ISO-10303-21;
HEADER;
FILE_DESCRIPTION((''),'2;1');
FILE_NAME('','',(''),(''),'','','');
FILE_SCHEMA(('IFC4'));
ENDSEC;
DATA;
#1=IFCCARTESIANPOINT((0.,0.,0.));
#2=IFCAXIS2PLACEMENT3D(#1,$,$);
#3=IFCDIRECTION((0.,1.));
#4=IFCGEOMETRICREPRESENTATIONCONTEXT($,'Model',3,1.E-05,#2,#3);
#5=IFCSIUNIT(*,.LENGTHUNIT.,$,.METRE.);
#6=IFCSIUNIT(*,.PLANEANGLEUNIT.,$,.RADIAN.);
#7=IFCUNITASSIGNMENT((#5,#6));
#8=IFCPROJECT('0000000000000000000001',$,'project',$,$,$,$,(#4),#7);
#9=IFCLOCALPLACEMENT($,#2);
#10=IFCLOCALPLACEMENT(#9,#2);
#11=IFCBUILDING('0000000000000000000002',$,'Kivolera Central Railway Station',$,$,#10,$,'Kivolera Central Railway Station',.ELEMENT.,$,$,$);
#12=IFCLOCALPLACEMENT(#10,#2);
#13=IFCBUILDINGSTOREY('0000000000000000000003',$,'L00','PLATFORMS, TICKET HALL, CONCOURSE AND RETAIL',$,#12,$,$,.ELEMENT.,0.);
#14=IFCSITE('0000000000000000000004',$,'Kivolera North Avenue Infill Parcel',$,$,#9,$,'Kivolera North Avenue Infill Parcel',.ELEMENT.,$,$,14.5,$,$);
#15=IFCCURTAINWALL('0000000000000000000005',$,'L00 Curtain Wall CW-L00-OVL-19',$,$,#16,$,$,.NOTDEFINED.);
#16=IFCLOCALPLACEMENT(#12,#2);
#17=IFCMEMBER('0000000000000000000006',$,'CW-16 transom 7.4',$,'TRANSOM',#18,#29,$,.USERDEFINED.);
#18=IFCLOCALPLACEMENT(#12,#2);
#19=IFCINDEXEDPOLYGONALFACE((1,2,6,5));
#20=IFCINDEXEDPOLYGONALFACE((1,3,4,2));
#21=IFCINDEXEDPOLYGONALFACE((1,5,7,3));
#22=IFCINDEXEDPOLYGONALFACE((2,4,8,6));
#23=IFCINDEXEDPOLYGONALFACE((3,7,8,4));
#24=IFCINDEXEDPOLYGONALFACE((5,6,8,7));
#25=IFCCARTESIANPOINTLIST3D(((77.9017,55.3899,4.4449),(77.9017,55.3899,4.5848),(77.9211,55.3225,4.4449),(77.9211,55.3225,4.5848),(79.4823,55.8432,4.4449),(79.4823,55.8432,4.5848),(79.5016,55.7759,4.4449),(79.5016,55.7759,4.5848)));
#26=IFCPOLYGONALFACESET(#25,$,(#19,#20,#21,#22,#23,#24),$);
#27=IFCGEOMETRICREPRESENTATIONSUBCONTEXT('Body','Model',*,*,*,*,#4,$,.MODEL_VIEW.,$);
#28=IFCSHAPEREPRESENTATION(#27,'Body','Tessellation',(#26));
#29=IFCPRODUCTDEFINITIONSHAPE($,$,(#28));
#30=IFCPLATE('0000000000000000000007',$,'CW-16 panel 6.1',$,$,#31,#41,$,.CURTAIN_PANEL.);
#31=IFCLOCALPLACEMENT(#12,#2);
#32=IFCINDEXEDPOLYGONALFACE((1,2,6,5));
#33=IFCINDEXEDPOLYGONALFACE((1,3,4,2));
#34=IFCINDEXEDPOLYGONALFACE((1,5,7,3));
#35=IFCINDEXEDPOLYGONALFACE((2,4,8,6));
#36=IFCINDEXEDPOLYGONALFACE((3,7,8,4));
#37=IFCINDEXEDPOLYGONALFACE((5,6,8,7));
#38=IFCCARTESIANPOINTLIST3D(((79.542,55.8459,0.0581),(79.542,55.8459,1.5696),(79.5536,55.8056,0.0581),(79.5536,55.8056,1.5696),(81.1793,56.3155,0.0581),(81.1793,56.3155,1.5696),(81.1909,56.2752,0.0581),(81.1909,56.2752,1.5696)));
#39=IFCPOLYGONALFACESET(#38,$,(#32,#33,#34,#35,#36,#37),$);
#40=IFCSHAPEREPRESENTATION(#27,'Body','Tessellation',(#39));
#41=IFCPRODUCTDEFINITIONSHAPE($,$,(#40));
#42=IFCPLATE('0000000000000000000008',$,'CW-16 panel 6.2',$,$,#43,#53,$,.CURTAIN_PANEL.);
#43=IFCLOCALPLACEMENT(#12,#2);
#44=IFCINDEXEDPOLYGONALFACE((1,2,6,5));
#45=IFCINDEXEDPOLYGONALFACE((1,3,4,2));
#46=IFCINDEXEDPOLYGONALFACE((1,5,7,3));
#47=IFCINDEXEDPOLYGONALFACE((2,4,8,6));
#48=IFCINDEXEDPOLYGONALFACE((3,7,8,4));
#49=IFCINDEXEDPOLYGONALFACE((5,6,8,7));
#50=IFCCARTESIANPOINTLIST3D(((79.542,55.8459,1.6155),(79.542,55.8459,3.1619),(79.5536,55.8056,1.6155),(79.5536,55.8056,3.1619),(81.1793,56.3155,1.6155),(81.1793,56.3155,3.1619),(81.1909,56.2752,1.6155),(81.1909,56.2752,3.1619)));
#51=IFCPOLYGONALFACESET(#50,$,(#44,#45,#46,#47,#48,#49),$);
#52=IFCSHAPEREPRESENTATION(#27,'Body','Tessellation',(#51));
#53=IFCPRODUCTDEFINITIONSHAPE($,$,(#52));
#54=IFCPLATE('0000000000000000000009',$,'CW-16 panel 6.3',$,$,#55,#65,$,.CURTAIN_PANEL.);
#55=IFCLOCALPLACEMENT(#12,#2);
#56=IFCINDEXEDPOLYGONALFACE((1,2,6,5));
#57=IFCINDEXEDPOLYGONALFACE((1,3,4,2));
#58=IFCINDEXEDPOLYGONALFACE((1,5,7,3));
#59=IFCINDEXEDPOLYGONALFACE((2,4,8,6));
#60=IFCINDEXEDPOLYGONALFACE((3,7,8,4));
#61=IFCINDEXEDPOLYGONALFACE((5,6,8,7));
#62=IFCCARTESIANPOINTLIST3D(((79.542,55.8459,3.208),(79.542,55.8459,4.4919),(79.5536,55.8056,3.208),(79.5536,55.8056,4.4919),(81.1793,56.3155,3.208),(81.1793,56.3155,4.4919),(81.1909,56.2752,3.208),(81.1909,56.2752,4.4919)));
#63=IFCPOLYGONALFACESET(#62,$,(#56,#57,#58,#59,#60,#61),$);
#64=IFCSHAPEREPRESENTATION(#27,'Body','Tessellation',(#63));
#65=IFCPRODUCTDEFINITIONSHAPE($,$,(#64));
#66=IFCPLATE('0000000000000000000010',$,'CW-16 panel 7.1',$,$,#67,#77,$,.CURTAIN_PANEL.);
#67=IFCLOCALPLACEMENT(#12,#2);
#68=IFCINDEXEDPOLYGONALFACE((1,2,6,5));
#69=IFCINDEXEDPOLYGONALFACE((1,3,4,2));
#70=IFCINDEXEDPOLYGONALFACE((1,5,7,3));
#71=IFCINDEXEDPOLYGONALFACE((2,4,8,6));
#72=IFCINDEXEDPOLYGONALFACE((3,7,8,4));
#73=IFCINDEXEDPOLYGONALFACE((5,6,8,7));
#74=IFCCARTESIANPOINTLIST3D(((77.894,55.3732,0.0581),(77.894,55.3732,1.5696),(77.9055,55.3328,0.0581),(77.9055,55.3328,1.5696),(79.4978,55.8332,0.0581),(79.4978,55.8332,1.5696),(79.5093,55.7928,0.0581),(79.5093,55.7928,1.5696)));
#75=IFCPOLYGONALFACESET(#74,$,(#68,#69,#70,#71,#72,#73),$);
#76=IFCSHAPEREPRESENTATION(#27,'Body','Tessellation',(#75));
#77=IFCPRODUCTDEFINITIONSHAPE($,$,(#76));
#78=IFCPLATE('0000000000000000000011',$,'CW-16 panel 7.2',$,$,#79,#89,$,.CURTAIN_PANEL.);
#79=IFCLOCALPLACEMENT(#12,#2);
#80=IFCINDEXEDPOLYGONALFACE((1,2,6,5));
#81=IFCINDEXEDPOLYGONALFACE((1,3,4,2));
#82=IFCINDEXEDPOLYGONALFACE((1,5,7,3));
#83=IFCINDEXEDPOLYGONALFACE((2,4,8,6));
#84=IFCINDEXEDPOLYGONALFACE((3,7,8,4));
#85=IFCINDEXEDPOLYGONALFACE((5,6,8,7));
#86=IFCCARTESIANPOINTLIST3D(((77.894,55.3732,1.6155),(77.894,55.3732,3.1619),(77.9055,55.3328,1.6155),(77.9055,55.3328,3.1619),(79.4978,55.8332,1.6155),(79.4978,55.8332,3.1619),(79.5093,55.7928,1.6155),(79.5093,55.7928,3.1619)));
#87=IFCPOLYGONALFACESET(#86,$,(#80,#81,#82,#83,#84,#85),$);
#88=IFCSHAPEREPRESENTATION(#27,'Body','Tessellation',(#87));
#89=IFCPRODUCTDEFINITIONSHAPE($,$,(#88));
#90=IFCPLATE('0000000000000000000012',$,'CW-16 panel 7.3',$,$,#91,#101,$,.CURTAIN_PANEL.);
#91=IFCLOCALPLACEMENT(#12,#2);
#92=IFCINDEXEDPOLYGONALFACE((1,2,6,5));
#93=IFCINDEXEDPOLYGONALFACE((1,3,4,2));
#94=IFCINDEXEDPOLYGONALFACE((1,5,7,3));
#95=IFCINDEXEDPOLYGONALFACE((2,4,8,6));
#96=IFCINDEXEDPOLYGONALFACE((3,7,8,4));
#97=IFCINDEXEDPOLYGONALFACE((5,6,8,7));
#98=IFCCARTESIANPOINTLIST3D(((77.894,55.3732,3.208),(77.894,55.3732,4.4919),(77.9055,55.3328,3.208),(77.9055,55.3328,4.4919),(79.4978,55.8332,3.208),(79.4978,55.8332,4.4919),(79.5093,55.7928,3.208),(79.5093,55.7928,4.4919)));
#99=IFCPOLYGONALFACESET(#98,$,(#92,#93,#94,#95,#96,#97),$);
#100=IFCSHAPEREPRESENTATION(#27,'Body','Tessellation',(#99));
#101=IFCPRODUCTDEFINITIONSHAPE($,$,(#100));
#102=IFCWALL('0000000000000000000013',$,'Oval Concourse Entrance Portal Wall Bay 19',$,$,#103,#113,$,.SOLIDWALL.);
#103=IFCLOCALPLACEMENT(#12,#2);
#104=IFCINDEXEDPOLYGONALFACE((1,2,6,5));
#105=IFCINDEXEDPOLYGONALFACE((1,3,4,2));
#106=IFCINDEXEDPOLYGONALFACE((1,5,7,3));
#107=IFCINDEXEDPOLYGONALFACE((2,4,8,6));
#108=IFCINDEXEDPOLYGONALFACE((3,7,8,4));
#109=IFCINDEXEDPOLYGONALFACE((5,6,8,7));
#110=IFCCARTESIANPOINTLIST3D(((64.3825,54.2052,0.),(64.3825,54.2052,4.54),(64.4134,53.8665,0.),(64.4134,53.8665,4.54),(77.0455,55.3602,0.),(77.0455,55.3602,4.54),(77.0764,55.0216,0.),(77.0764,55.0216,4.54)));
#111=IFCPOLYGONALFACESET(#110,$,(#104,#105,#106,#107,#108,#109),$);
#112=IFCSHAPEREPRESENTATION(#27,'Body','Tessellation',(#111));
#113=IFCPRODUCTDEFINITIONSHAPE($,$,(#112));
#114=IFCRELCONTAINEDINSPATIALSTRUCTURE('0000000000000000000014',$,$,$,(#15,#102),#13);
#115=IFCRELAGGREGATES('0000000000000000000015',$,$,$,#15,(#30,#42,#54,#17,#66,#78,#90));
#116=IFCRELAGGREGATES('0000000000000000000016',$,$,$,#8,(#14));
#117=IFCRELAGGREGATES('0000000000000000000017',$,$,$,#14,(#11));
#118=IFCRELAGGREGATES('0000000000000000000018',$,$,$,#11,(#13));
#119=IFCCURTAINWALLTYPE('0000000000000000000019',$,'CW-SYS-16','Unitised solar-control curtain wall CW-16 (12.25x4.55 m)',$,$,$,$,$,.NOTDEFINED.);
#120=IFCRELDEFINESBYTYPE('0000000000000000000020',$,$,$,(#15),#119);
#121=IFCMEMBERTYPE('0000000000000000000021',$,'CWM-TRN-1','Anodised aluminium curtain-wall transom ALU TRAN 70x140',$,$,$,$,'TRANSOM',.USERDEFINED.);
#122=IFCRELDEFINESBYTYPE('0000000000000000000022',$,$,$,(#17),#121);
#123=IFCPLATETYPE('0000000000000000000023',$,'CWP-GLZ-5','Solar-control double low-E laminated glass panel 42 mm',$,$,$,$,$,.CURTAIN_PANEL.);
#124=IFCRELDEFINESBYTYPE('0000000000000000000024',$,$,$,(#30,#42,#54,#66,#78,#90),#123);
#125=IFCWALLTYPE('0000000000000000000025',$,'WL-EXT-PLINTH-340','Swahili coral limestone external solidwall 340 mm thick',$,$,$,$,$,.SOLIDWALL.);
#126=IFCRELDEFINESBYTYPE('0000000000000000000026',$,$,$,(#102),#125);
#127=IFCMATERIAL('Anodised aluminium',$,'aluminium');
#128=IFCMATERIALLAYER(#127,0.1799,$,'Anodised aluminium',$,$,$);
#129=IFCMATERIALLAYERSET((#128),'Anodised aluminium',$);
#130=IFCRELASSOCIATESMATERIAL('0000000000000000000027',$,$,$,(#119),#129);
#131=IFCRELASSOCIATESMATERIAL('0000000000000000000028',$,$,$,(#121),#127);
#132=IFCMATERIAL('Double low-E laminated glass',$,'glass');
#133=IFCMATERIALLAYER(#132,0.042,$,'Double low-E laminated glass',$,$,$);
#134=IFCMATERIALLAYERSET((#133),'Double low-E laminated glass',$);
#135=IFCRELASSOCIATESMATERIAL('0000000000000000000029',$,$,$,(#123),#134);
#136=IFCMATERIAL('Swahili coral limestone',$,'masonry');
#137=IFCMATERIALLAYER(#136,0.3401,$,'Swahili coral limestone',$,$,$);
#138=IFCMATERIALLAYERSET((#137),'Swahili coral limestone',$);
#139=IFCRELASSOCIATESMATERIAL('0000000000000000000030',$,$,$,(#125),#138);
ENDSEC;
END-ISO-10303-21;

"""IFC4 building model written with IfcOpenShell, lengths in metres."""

from ifc_helpers import new_model, si_unit, direction, frame, frame_2d, origin, origin_2d, place, context, subcontext, project, spatial, rectangle, extrude, material, layer, layer_set, material_profile, profile_set, type_object, element, aggregate, save


model = new_model("IFC4")

# Units and contexts
model_context = context("Model", 3, precision=1e-05, world=origin(), true_north=direction((0.0, 1.0)))
body_context = subcontext(model_context, "Body", "Model", "MODEL_VIEW")
ifc_project = project(units=[si_unit("LENGTHUNIT", "METRE"), si_unit("PLANEANGLEUNIT", "RADIAN")], contexts=[model_context])

# Site, building, storey
site_placement = place(None, origin())
site = spatial("IfcSite", under=ifc_project, at=site_placement, Name="Kivolera North Avenue Infill Parcel", LongName="Kivolera North Avenue Infill Parcel", CompositionType="ELEMENT", RefElevation=14.5)
building_placement = place(site_placement, origin())
building = spatial("IfcBuilding", under=site, at=building_placement, Name="Kivolera Central Railway Station", LongName="Kivolera Central Railway Station", CompositionType="ELEMENT")
storey_placement = place(building_placement, origin())
storey = spatial("IfcBuildingStorey", under=building, at=storey_placement, Name="L00", Description="PLATFORMS, TICKET HALL, CONCOURSE AND RETAIL", CompositionType="ELEMENT", Elevation=0.0)

# Curtain wall, member, plates
ifc_material_1 = material(Name="Anodised aluminium", Category="aluminium")
ifc_layer_1 = layer(ifc_material_1, 0.1799, Name="Anodised aluminium")
ifc_layer_set_1 = layer_set([ifc_layer_1], Name="Anodised aluminium")
curtain_wall_type = type_object("IfcCurtainWallType", Name="CW-SYS-16", Description="Unitised solar-control curtain wall CW-16 (12.25x4.55 m)", PredefinedType="NOTDEFINED", material=ifc_layer_set_1)
curtain_wall_placement = place(storey_placement, origin())
curtain_wall = element("IfcCurtainWall", 1, at=curtain_wall_placement, inside=storey, type_object=curtain_wall_type, Name="L00 Curtain Wall CW-L00-OVL-19", PredefinedType="NOTDEFINED")
ifc_material_profile_1 = material_profile(ifc_material_1, rectangle(XDim=0.0701, YDim=0.1399, at=origin_2d()), Name="ALU TRAN 70x140")
ifc_profile_set_1 = profile_set([ifc_material_profile_1], Name="Anodised aluminium")
member_type_1 = type_object("IfcMemberType", Name="CWM-TRN-1", Description="Anodised aluminium curtain-wall transom ALU TRAN 70x140", ElementType="TRANSOM", PredefinedType="USERDEFINED", material=ifc_profile_set_1)
member_1_placement = place(storey_placement, frame((79.4919, 55.8096, 4.5149), z_axis=(-0.961238, -0.275721, 0.0), x_axis=(0.275721, -0.961238, 0.0)))
member_1 = element("IfcMember", 2, at=member_1_placement, type_object=member_type_1, Name="CW-16 transom 7.4", ObjectType="TRANSOM", PredefinedType="USERDEFINED", context=body_context, shape_type="SweptSolid", body=[
    extrude(rectangle(XDim=0.0701, YDim=0.1399, at=origin_2d()), origin(), (0.0, 0.0, 1.0), 1.6443),
])
ifc_material_2 = material(Name="Double low-E laminated glass", Category="glass")
ifc_layer_2 = layer(ifc_material_2, 0.042, Name="Double low-E laminated glass")
ifc_layer_set_2 = layer_set([ifc_layer_2], Name="Double low-E laminated glass")
plate_type = type_object("IfcPlateType", Name="CWP-GLZ-5", Description="Solar-control double low-E laminated glass panel 42 mm", PredefinedType="CURTAIN_PANEL", material=ifc_layer_set_2)
plate_1_placement = place(storey_placement, frame((80.3665, 56.0605, 0.0581), z_axis=(0.0, 0.0, 1.0), x_axis=(-0.961246, -0.275692, 0.0)))
plate_1 = element("IfcPlate", 3, at=plate_1_placement, type_object=plate_type, Name="CW-16 panel 6.1", PredefinedType="CURTAIN_PANEL", context=body_context, shape_type="SweptSolid", body=[
    extrude(rectangle(XDim=1.7034, YDim=0.042, at=origin_2d()), origin(), (0.0, 0.0, 1.0), 1.5115),
])
plate_2_placement = place(storey_placement, frame((80.3665, 56.0605, 1.6155), z_axis=(0.0, 0.0, 1.0), x_axis=(-0.961246, -0.275692, 0.0)))
plate_2 = element("IfcPlate", 4, at=plate_2_placement, type_object=plate_type, Name="CW-16 panel 6.2", PredefinedType="CURTAIN_PANEL", context=body_context, shape_type="SweptSolid", body=[
    extrude(rectangle(XDim=1.7034, YDim=0.042, at=origin_2d()), origin(), (0.0, 0.0, 1.0), 1.5464),
])
plate_3_placement = place(storey_placement, frame((80.3665, 56.0605, 3.208), z_axis=(0.0, 0.0, 1.0), x_axis=(-0.961246, -0.275692, 0.0)))
plate_3 = element("IfcPlate", 5, at=plate_3_placement, type_object=plate_type, Name="CW-16 panel 6.3", PredefinedType="CURTAIN_PANEL", context=body_context, shape_type="SweptSolid", body=[
    extrude(rectangle(XDim=1.7034, YDim=0.042, at=origin_2d()), origin(), (0.0, 0.0, 1.0), 1.2839),
])
plate_4_placement = place(storey_placement, frame((78.7017, 55.583, 0.0581), z_axis=(0.0, 0.0, 1.0), x_axis=(-0.961246, -0.275692, 0.0)))
plate_4 = element("IfcPlate", 6, at=plate_4_placement, type_object=plate_type, Name="CW-16 panel 7.1", PredefinedType="CURTAIN_PANEL", context=body_context, shape_type="SweptSolid", body=[
    extrude(rectangle(XDim=1.6685, YDim=0.042, at=origin_2d()), origin(), (0.0, 0.0, 1.0), 1.5115),
])
plate_5_placement = place(storey_placement, frame((78.7017, 55.583, 1.6155), z_axis=(0.0, 0.0, 1.0), x_axis=(-0.961246, -0.275692, 0.0)))
plate_5 = element("IfcPlate", 7, at=plate_5_placement, type_object=plate_type, Name="CW-16 panel 7.2", PredefinedType="CURTAIN_PANEL", context=body_context, shape_type="SweptSolid", body=[
    extrude(rectangle(XDim=1.6685, YDim=0.042, at=origin_2d()), origin(), (0.0, 0.0, 1.0), 1.5464),
])
plate_6_placement = place(storey_placement, frame((78.7017, 55.583, 3.208), z_axis=(0.0, 0.0, 1.0), x_axis=(-0.961246, -0.275692, 0.0)))
plate_6 = element("IfcPlate", 8, at=plate_6_placement, type_object=plate_type, Name="CW-16 panel 7.3", PredefinedType="CURTAIN_PANEL", context=body_context, shape_type="SweptSolid", body=[
    extrude(rectangle(XDim=1.6685, YDim=0.042, at=origin_2d()), origin(), (0.0, 0.0, 1.0), 1.2839),
])
aggregate(curtain_wall, [plate_1, plate_2, plate_3, member_1, plate_4, plate_5, plate_6])

# Wall
ifc_material_3 = material(Name="Swahili coral limestone", Category="masonry")
ifc_layer_3 = layer(ifc_material_3, 0.3401, Name="Swahili coral limestone")
ifc_layer_set_3 = layer_set([ifc_layer_3], Name="Swahili coral limestone")
wall_type = type_object("IfcWallType", Name="WL-EXT-PLINTH-340", Description="Swahili coral limestone external solidwall 340 mm thick", PredefinedType="SOLIDWALL", material=ifc_layer_set_3)
wall_placement = place(storey_placement, frame((77.061, 55.1909, 0.0), z_axis=(0.0, 0.0, 1.0), x_axis=(-0.995866, -0.090835, 0.0)))
element("IfcWall", 9, at=wall_placement, inside=storey, type_object=wall_type, Name="Oval Concourse Entrance Portal Wall Bay 19", PredefinedType="SOLIDWALL", context=body_context, shape_type="SweptSolid", body=[
    extrude(rectangle(XDim=12.7156, YDim=0.3401, at=frame_2d((6.3579, 0.0))), origin(), (0.0, 0.0, 1.0), 4.54),
])

save(model, "model.ifc")
